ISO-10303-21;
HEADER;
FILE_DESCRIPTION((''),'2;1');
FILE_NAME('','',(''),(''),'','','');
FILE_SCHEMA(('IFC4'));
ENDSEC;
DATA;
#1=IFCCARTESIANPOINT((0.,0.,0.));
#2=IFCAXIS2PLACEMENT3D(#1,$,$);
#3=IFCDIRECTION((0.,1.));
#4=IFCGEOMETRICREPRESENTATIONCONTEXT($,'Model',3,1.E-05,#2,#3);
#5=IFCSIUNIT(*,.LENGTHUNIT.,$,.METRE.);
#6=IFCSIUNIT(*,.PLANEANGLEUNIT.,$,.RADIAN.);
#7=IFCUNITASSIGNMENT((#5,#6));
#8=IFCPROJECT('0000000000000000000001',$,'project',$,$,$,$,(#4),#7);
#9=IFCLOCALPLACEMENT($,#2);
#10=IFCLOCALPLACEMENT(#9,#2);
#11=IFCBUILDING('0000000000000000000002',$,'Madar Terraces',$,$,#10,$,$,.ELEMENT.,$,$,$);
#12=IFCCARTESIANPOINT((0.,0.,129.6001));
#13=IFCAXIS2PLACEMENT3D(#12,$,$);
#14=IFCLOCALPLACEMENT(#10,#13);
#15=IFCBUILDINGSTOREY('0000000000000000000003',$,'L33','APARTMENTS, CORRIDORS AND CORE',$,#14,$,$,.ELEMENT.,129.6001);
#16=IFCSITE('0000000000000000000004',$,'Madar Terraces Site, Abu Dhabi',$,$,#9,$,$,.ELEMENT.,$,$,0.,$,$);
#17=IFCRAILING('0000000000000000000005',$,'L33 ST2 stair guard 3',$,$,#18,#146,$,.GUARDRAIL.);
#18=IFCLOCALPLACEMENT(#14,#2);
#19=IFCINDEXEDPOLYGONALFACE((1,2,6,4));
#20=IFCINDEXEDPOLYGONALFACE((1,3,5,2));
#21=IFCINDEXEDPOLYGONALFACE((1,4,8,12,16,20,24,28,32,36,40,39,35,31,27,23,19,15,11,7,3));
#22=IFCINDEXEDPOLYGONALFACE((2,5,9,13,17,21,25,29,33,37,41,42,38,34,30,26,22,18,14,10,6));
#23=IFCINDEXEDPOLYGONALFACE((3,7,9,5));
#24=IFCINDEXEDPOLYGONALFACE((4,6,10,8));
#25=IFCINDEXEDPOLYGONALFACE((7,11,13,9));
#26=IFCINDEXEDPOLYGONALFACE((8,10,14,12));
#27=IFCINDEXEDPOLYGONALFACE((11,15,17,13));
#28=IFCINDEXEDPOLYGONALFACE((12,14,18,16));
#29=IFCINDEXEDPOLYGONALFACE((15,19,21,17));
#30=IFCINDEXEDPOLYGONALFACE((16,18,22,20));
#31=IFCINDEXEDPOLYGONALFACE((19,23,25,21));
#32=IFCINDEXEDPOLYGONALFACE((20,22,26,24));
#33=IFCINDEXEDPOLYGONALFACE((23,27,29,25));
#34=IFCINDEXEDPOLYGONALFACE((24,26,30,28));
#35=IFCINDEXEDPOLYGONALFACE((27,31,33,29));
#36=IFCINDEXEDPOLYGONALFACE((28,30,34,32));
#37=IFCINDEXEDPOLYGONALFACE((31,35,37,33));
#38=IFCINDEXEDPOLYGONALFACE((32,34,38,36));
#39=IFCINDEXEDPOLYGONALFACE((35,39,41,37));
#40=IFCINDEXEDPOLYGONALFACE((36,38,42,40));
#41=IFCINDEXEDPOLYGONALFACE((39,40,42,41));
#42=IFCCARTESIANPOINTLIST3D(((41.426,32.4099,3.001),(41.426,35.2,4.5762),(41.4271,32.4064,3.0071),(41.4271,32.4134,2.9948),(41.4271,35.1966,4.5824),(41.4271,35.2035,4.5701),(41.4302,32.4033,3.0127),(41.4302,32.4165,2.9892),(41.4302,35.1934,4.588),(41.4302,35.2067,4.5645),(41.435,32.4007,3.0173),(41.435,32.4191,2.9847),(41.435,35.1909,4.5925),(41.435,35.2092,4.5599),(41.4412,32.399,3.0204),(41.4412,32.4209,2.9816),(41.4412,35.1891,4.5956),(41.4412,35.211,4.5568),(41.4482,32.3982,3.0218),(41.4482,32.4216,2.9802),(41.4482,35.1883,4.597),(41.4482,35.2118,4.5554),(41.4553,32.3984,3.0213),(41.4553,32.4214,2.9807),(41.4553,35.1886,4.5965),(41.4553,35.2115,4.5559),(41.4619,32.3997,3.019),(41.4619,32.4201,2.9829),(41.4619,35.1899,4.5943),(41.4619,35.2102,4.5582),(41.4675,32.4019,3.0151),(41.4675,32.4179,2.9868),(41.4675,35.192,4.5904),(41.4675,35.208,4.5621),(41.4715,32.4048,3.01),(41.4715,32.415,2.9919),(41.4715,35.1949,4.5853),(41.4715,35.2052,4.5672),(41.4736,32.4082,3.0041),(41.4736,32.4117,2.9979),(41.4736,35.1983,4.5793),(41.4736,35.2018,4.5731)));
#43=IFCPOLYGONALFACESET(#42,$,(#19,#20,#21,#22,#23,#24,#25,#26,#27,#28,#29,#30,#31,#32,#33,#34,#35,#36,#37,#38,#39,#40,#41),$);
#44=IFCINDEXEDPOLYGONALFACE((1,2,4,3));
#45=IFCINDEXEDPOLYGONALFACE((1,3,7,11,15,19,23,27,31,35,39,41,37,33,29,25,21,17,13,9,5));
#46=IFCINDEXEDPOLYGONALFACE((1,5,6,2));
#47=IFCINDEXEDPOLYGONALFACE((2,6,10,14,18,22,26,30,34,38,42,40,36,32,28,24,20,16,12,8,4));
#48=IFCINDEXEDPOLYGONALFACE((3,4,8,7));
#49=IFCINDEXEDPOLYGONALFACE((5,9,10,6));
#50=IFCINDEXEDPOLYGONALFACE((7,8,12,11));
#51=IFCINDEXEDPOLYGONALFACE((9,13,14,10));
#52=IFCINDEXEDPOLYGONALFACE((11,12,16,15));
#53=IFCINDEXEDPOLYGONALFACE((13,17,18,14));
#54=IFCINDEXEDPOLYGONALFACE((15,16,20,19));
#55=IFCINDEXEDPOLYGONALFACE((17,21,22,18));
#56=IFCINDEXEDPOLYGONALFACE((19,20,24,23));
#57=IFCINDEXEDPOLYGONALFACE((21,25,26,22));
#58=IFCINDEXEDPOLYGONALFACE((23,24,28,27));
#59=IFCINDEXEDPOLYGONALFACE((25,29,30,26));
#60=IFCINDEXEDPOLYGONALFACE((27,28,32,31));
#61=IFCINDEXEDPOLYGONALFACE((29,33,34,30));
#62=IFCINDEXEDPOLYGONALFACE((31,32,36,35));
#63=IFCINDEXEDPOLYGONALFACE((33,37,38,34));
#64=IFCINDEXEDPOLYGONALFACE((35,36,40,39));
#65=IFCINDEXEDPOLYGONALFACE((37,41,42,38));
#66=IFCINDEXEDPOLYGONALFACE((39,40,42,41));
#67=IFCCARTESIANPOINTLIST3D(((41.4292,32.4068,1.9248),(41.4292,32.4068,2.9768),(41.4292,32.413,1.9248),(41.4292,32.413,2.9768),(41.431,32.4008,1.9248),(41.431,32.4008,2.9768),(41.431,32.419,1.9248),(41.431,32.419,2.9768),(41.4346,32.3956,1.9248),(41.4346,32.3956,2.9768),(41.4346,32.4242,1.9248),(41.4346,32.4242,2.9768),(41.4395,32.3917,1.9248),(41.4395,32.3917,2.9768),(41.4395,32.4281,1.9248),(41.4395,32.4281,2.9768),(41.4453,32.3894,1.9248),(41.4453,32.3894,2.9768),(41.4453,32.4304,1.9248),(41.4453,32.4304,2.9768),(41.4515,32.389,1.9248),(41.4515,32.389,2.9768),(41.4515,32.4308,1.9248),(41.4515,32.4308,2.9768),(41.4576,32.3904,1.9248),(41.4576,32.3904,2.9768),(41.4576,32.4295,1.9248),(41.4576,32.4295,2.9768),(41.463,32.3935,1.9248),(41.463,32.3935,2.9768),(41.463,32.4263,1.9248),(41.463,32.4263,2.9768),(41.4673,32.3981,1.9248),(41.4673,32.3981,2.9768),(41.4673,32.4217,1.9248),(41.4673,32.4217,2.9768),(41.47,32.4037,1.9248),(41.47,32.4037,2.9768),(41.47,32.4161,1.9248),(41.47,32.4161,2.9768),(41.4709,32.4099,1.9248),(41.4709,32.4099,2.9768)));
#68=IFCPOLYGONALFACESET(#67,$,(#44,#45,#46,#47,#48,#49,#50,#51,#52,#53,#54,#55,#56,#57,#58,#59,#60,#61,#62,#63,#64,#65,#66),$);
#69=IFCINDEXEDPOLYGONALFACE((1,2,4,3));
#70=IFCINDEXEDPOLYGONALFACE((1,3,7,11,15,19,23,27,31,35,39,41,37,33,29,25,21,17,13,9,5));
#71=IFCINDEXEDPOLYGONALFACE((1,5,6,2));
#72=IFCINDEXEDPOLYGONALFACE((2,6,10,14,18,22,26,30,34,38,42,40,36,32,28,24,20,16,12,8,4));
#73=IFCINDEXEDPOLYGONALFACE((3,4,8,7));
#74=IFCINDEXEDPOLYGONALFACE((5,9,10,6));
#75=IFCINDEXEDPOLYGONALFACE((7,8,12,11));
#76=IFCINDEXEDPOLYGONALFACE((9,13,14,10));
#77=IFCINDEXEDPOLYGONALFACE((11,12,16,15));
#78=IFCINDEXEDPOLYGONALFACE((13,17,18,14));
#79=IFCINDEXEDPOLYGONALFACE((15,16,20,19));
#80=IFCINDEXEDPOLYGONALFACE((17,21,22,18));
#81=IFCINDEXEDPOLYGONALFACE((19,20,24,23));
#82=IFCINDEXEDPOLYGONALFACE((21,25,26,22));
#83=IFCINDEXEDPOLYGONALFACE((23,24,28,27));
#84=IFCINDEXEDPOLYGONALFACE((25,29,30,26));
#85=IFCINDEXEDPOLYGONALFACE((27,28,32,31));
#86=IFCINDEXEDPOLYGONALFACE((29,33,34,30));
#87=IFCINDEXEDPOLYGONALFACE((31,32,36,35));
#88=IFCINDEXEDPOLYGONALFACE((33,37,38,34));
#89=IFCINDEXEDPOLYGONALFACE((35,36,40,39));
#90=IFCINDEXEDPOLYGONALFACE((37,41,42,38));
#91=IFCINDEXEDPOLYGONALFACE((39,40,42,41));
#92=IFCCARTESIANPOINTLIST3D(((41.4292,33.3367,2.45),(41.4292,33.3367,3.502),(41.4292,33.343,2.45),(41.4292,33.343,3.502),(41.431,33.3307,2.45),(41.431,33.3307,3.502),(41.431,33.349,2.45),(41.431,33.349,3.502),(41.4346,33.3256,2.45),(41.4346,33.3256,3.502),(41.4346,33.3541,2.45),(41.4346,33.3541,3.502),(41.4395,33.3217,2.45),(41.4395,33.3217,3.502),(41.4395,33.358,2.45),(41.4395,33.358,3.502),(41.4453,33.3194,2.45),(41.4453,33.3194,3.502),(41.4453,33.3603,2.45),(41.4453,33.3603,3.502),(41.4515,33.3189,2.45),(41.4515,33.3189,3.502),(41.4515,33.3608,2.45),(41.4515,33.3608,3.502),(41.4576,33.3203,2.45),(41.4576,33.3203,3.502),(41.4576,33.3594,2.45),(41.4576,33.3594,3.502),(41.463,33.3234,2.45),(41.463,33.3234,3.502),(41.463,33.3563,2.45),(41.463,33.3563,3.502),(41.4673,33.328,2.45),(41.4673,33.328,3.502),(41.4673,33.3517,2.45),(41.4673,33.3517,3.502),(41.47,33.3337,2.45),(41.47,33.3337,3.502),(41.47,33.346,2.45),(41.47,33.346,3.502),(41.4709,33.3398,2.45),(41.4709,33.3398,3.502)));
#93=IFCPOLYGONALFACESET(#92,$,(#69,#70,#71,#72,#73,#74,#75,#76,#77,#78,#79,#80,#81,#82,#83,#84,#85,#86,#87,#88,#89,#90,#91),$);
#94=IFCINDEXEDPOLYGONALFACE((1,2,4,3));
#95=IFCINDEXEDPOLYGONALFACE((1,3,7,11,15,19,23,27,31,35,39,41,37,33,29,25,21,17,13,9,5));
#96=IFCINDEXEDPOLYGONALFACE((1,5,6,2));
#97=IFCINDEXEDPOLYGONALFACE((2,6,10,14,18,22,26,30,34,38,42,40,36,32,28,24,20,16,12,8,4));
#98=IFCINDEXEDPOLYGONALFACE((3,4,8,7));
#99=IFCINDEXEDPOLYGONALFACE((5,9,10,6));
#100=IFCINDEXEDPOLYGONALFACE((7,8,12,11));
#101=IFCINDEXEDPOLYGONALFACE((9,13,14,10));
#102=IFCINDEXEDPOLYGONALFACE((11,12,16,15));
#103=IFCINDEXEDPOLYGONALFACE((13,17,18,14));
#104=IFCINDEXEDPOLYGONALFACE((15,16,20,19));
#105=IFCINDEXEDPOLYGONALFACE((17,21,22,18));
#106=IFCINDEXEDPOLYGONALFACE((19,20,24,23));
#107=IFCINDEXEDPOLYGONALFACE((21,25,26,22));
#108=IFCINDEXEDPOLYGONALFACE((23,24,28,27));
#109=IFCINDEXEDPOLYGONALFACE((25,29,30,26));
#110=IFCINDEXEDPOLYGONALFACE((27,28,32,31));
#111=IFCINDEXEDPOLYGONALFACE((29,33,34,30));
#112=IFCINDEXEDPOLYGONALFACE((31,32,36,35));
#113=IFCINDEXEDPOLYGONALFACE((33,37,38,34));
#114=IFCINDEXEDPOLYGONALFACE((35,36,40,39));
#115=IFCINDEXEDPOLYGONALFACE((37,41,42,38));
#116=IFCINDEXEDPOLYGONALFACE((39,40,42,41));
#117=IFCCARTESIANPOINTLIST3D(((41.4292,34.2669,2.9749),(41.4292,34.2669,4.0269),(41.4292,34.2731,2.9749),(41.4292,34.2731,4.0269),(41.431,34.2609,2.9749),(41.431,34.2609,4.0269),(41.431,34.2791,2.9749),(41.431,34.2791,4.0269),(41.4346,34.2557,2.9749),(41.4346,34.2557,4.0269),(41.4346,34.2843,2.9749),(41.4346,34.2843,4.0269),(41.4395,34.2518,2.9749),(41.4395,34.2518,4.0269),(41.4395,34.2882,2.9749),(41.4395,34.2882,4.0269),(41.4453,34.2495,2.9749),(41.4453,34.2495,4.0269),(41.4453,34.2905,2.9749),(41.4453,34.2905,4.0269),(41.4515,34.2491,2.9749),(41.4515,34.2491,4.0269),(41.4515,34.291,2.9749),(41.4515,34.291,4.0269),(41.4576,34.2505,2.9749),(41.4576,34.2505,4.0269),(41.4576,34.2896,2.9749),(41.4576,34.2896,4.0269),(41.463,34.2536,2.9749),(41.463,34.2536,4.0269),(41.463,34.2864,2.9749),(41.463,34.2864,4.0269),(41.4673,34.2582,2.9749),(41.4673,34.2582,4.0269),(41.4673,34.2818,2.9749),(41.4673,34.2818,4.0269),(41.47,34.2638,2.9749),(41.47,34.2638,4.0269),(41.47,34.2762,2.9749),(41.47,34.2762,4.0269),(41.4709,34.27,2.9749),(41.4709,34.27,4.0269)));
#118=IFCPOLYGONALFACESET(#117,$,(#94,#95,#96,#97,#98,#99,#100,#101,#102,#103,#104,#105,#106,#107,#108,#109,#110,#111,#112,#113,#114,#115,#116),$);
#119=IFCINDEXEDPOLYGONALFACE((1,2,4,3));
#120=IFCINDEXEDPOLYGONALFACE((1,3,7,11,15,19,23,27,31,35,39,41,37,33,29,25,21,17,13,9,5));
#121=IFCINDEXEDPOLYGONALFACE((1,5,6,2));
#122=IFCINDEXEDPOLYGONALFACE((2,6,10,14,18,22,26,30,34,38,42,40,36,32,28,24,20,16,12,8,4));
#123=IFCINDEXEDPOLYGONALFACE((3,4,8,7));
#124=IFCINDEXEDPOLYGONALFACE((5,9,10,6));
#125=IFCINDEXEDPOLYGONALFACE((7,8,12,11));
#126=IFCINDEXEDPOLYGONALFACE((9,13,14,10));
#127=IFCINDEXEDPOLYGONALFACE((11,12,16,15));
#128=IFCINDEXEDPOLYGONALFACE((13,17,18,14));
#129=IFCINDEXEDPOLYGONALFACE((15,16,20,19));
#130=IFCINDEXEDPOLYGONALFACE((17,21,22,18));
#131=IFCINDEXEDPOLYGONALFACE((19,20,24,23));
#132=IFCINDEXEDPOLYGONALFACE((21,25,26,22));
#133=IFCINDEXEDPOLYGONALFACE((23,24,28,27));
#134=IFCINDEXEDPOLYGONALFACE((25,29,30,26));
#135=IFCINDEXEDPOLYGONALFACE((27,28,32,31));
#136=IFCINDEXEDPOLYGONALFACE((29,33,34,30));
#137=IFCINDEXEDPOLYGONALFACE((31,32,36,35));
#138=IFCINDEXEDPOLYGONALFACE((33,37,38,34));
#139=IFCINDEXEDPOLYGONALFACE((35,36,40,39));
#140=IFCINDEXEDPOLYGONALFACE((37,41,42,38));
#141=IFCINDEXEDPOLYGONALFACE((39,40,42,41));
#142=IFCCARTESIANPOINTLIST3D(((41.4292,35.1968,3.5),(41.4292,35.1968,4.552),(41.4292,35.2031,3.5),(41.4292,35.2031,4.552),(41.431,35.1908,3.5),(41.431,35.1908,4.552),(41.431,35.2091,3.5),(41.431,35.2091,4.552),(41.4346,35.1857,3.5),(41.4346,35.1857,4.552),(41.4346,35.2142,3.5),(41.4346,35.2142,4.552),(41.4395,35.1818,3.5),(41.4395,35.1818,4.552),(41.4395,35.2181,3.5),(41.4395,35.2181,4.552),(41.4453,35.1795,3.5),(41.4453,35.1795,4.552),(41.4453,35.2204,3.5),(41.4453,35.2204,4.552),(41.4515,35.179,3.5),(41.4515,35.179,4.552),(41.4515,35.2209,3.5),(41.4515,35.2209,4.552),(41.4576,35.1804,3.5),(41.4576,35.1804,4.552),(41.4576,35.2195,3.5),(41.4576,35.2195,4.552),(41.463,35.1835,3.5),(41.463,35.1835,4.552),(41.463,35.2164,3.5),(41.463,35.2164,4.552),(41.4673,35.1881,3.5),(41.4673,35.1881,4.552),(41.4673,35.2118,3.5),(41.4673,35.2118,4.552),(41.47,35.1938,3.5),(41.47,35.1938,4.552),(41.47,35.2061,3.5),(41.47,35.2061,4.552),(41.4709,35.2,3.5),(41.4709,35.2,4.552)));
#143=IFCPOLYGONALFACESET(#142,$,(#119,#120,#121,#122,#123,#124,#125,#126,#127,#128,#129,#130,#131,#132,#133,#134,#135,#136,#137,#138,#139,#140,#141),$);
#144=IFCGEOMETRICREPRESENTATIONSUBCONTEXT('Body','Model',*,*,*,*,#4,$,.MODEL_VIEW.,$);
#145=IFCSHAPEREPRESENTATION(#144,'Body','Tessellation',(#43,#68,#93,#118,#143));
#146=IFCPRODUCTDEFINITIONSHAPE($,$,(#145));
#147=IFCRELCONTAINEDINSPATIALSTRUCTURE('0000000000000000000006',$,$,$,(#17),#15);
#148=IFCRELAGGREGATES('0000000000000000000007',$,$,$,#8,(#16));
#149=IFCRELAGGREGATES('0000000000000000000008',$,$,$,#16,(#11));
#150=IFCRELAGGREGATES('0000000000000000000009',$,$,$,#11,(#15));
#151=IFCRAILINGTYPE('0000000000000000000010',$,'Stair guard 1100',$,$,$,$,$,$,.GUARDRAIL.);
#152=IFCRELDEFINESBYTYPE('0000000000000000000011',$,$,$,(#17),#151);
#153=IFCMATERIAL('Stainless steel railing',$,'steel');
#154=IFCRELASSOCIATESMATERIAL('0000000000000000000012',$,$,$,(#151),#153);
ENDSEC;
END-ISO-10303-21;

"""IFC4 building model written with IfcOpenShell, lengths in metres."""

from ifc_helpers import new_model, si_unit, direction, frame, origin, origin_2d, place, context, subcontext, project, spatial, circle, extrude, material, type_object, element, save


model = new_model("IFC4")

# Units and contexts
model_context = context("Model", 3, precision=1e-05, world=origin(), true_north=direction((0.0, 1.0)))
body_context = subcontext(model_context, "Body", "Model", "MODEL_VIEW")
ifc_project = project(units=[si_unit("LENGTHUNIT", "METRE"), si_unit("PLANEANGLEUNIT", "RADIAN")], contexts=[model_context])

# Site, building, storey
site_placement = place(None, origin())
site = spatial("IfcSite", under=ifc_project, at=site_placement, Name="Madar Terraces Site, Abu Dhabi", CompositionType="ELEMENT", RefElevation=0.0)
building_placement = place(site_placement, origin())
building = spatial("IfcBuilding", under=site, at=building_placement, Name="Madar Terraces", CompositionType="ELEMENT")
storey_placement = place(building_placement, frame((0.0, 0.0, 129.6001)))
storey = spatial("IfcBuildingStorey", under=building, at=storey_placement, Name="L33", Description="APARTMENTS, CORRIDORS AND CORE", CompositionType="ELEMENT", Elevation=129.6001)

# Railing
ifc_material_1 = material(Name="Stainless steel railing", Category="steel")
railing_type_1 = type_object("IfcRailingType", Name="Stair guard 1100", PredefinedType="GUARDRAIL", material=ifc_material_1)
railing_1_placement = place(storey_placement, frame((41.45, 32.4099, 1.9248)))
element("IfcRailing", 1, at=railing_1_placement, inside=storey, type_object=railing_type_1, Name="L33 ST2 stair guard 3", PredefinedType="GUARDRAIL", context=body_context, shape_type="SweptSolid", body=[
    extrude(circle(Radius=0.0239, at=origin_2d()), frame((0.0, 0.0, 1.0762), z_axis=(0.0, 0.870801, 0.491635), x_axis=(-1.0, 0.0, 0.0)), (0.0, 0.0, 1.0), 3.2041),
    extrude(circle(Radius=0.021, at=origin_2d()), origin(), (0.0, 0.0, 1.0), 1.052),
    extrude(circle(Radius=0.021, at=origin_2d()), frame((0.0, 0.9299, 0.5251)), (0.0, 0.0, 1.0), 1.052),
    extrude(circle(Radius=0.021, at=origin_2d()), frame((0.0, 1.8601, 1.05)), (0.0, 0.0, 1.0), 1.052),
    extrude(circle(Radius=0.021, at=origin_2d()), frame((0.0, 2.79, 1.5752)), (0.0, 0.0, 1.0), 1.052),
])

save(model, "model.ifc")
